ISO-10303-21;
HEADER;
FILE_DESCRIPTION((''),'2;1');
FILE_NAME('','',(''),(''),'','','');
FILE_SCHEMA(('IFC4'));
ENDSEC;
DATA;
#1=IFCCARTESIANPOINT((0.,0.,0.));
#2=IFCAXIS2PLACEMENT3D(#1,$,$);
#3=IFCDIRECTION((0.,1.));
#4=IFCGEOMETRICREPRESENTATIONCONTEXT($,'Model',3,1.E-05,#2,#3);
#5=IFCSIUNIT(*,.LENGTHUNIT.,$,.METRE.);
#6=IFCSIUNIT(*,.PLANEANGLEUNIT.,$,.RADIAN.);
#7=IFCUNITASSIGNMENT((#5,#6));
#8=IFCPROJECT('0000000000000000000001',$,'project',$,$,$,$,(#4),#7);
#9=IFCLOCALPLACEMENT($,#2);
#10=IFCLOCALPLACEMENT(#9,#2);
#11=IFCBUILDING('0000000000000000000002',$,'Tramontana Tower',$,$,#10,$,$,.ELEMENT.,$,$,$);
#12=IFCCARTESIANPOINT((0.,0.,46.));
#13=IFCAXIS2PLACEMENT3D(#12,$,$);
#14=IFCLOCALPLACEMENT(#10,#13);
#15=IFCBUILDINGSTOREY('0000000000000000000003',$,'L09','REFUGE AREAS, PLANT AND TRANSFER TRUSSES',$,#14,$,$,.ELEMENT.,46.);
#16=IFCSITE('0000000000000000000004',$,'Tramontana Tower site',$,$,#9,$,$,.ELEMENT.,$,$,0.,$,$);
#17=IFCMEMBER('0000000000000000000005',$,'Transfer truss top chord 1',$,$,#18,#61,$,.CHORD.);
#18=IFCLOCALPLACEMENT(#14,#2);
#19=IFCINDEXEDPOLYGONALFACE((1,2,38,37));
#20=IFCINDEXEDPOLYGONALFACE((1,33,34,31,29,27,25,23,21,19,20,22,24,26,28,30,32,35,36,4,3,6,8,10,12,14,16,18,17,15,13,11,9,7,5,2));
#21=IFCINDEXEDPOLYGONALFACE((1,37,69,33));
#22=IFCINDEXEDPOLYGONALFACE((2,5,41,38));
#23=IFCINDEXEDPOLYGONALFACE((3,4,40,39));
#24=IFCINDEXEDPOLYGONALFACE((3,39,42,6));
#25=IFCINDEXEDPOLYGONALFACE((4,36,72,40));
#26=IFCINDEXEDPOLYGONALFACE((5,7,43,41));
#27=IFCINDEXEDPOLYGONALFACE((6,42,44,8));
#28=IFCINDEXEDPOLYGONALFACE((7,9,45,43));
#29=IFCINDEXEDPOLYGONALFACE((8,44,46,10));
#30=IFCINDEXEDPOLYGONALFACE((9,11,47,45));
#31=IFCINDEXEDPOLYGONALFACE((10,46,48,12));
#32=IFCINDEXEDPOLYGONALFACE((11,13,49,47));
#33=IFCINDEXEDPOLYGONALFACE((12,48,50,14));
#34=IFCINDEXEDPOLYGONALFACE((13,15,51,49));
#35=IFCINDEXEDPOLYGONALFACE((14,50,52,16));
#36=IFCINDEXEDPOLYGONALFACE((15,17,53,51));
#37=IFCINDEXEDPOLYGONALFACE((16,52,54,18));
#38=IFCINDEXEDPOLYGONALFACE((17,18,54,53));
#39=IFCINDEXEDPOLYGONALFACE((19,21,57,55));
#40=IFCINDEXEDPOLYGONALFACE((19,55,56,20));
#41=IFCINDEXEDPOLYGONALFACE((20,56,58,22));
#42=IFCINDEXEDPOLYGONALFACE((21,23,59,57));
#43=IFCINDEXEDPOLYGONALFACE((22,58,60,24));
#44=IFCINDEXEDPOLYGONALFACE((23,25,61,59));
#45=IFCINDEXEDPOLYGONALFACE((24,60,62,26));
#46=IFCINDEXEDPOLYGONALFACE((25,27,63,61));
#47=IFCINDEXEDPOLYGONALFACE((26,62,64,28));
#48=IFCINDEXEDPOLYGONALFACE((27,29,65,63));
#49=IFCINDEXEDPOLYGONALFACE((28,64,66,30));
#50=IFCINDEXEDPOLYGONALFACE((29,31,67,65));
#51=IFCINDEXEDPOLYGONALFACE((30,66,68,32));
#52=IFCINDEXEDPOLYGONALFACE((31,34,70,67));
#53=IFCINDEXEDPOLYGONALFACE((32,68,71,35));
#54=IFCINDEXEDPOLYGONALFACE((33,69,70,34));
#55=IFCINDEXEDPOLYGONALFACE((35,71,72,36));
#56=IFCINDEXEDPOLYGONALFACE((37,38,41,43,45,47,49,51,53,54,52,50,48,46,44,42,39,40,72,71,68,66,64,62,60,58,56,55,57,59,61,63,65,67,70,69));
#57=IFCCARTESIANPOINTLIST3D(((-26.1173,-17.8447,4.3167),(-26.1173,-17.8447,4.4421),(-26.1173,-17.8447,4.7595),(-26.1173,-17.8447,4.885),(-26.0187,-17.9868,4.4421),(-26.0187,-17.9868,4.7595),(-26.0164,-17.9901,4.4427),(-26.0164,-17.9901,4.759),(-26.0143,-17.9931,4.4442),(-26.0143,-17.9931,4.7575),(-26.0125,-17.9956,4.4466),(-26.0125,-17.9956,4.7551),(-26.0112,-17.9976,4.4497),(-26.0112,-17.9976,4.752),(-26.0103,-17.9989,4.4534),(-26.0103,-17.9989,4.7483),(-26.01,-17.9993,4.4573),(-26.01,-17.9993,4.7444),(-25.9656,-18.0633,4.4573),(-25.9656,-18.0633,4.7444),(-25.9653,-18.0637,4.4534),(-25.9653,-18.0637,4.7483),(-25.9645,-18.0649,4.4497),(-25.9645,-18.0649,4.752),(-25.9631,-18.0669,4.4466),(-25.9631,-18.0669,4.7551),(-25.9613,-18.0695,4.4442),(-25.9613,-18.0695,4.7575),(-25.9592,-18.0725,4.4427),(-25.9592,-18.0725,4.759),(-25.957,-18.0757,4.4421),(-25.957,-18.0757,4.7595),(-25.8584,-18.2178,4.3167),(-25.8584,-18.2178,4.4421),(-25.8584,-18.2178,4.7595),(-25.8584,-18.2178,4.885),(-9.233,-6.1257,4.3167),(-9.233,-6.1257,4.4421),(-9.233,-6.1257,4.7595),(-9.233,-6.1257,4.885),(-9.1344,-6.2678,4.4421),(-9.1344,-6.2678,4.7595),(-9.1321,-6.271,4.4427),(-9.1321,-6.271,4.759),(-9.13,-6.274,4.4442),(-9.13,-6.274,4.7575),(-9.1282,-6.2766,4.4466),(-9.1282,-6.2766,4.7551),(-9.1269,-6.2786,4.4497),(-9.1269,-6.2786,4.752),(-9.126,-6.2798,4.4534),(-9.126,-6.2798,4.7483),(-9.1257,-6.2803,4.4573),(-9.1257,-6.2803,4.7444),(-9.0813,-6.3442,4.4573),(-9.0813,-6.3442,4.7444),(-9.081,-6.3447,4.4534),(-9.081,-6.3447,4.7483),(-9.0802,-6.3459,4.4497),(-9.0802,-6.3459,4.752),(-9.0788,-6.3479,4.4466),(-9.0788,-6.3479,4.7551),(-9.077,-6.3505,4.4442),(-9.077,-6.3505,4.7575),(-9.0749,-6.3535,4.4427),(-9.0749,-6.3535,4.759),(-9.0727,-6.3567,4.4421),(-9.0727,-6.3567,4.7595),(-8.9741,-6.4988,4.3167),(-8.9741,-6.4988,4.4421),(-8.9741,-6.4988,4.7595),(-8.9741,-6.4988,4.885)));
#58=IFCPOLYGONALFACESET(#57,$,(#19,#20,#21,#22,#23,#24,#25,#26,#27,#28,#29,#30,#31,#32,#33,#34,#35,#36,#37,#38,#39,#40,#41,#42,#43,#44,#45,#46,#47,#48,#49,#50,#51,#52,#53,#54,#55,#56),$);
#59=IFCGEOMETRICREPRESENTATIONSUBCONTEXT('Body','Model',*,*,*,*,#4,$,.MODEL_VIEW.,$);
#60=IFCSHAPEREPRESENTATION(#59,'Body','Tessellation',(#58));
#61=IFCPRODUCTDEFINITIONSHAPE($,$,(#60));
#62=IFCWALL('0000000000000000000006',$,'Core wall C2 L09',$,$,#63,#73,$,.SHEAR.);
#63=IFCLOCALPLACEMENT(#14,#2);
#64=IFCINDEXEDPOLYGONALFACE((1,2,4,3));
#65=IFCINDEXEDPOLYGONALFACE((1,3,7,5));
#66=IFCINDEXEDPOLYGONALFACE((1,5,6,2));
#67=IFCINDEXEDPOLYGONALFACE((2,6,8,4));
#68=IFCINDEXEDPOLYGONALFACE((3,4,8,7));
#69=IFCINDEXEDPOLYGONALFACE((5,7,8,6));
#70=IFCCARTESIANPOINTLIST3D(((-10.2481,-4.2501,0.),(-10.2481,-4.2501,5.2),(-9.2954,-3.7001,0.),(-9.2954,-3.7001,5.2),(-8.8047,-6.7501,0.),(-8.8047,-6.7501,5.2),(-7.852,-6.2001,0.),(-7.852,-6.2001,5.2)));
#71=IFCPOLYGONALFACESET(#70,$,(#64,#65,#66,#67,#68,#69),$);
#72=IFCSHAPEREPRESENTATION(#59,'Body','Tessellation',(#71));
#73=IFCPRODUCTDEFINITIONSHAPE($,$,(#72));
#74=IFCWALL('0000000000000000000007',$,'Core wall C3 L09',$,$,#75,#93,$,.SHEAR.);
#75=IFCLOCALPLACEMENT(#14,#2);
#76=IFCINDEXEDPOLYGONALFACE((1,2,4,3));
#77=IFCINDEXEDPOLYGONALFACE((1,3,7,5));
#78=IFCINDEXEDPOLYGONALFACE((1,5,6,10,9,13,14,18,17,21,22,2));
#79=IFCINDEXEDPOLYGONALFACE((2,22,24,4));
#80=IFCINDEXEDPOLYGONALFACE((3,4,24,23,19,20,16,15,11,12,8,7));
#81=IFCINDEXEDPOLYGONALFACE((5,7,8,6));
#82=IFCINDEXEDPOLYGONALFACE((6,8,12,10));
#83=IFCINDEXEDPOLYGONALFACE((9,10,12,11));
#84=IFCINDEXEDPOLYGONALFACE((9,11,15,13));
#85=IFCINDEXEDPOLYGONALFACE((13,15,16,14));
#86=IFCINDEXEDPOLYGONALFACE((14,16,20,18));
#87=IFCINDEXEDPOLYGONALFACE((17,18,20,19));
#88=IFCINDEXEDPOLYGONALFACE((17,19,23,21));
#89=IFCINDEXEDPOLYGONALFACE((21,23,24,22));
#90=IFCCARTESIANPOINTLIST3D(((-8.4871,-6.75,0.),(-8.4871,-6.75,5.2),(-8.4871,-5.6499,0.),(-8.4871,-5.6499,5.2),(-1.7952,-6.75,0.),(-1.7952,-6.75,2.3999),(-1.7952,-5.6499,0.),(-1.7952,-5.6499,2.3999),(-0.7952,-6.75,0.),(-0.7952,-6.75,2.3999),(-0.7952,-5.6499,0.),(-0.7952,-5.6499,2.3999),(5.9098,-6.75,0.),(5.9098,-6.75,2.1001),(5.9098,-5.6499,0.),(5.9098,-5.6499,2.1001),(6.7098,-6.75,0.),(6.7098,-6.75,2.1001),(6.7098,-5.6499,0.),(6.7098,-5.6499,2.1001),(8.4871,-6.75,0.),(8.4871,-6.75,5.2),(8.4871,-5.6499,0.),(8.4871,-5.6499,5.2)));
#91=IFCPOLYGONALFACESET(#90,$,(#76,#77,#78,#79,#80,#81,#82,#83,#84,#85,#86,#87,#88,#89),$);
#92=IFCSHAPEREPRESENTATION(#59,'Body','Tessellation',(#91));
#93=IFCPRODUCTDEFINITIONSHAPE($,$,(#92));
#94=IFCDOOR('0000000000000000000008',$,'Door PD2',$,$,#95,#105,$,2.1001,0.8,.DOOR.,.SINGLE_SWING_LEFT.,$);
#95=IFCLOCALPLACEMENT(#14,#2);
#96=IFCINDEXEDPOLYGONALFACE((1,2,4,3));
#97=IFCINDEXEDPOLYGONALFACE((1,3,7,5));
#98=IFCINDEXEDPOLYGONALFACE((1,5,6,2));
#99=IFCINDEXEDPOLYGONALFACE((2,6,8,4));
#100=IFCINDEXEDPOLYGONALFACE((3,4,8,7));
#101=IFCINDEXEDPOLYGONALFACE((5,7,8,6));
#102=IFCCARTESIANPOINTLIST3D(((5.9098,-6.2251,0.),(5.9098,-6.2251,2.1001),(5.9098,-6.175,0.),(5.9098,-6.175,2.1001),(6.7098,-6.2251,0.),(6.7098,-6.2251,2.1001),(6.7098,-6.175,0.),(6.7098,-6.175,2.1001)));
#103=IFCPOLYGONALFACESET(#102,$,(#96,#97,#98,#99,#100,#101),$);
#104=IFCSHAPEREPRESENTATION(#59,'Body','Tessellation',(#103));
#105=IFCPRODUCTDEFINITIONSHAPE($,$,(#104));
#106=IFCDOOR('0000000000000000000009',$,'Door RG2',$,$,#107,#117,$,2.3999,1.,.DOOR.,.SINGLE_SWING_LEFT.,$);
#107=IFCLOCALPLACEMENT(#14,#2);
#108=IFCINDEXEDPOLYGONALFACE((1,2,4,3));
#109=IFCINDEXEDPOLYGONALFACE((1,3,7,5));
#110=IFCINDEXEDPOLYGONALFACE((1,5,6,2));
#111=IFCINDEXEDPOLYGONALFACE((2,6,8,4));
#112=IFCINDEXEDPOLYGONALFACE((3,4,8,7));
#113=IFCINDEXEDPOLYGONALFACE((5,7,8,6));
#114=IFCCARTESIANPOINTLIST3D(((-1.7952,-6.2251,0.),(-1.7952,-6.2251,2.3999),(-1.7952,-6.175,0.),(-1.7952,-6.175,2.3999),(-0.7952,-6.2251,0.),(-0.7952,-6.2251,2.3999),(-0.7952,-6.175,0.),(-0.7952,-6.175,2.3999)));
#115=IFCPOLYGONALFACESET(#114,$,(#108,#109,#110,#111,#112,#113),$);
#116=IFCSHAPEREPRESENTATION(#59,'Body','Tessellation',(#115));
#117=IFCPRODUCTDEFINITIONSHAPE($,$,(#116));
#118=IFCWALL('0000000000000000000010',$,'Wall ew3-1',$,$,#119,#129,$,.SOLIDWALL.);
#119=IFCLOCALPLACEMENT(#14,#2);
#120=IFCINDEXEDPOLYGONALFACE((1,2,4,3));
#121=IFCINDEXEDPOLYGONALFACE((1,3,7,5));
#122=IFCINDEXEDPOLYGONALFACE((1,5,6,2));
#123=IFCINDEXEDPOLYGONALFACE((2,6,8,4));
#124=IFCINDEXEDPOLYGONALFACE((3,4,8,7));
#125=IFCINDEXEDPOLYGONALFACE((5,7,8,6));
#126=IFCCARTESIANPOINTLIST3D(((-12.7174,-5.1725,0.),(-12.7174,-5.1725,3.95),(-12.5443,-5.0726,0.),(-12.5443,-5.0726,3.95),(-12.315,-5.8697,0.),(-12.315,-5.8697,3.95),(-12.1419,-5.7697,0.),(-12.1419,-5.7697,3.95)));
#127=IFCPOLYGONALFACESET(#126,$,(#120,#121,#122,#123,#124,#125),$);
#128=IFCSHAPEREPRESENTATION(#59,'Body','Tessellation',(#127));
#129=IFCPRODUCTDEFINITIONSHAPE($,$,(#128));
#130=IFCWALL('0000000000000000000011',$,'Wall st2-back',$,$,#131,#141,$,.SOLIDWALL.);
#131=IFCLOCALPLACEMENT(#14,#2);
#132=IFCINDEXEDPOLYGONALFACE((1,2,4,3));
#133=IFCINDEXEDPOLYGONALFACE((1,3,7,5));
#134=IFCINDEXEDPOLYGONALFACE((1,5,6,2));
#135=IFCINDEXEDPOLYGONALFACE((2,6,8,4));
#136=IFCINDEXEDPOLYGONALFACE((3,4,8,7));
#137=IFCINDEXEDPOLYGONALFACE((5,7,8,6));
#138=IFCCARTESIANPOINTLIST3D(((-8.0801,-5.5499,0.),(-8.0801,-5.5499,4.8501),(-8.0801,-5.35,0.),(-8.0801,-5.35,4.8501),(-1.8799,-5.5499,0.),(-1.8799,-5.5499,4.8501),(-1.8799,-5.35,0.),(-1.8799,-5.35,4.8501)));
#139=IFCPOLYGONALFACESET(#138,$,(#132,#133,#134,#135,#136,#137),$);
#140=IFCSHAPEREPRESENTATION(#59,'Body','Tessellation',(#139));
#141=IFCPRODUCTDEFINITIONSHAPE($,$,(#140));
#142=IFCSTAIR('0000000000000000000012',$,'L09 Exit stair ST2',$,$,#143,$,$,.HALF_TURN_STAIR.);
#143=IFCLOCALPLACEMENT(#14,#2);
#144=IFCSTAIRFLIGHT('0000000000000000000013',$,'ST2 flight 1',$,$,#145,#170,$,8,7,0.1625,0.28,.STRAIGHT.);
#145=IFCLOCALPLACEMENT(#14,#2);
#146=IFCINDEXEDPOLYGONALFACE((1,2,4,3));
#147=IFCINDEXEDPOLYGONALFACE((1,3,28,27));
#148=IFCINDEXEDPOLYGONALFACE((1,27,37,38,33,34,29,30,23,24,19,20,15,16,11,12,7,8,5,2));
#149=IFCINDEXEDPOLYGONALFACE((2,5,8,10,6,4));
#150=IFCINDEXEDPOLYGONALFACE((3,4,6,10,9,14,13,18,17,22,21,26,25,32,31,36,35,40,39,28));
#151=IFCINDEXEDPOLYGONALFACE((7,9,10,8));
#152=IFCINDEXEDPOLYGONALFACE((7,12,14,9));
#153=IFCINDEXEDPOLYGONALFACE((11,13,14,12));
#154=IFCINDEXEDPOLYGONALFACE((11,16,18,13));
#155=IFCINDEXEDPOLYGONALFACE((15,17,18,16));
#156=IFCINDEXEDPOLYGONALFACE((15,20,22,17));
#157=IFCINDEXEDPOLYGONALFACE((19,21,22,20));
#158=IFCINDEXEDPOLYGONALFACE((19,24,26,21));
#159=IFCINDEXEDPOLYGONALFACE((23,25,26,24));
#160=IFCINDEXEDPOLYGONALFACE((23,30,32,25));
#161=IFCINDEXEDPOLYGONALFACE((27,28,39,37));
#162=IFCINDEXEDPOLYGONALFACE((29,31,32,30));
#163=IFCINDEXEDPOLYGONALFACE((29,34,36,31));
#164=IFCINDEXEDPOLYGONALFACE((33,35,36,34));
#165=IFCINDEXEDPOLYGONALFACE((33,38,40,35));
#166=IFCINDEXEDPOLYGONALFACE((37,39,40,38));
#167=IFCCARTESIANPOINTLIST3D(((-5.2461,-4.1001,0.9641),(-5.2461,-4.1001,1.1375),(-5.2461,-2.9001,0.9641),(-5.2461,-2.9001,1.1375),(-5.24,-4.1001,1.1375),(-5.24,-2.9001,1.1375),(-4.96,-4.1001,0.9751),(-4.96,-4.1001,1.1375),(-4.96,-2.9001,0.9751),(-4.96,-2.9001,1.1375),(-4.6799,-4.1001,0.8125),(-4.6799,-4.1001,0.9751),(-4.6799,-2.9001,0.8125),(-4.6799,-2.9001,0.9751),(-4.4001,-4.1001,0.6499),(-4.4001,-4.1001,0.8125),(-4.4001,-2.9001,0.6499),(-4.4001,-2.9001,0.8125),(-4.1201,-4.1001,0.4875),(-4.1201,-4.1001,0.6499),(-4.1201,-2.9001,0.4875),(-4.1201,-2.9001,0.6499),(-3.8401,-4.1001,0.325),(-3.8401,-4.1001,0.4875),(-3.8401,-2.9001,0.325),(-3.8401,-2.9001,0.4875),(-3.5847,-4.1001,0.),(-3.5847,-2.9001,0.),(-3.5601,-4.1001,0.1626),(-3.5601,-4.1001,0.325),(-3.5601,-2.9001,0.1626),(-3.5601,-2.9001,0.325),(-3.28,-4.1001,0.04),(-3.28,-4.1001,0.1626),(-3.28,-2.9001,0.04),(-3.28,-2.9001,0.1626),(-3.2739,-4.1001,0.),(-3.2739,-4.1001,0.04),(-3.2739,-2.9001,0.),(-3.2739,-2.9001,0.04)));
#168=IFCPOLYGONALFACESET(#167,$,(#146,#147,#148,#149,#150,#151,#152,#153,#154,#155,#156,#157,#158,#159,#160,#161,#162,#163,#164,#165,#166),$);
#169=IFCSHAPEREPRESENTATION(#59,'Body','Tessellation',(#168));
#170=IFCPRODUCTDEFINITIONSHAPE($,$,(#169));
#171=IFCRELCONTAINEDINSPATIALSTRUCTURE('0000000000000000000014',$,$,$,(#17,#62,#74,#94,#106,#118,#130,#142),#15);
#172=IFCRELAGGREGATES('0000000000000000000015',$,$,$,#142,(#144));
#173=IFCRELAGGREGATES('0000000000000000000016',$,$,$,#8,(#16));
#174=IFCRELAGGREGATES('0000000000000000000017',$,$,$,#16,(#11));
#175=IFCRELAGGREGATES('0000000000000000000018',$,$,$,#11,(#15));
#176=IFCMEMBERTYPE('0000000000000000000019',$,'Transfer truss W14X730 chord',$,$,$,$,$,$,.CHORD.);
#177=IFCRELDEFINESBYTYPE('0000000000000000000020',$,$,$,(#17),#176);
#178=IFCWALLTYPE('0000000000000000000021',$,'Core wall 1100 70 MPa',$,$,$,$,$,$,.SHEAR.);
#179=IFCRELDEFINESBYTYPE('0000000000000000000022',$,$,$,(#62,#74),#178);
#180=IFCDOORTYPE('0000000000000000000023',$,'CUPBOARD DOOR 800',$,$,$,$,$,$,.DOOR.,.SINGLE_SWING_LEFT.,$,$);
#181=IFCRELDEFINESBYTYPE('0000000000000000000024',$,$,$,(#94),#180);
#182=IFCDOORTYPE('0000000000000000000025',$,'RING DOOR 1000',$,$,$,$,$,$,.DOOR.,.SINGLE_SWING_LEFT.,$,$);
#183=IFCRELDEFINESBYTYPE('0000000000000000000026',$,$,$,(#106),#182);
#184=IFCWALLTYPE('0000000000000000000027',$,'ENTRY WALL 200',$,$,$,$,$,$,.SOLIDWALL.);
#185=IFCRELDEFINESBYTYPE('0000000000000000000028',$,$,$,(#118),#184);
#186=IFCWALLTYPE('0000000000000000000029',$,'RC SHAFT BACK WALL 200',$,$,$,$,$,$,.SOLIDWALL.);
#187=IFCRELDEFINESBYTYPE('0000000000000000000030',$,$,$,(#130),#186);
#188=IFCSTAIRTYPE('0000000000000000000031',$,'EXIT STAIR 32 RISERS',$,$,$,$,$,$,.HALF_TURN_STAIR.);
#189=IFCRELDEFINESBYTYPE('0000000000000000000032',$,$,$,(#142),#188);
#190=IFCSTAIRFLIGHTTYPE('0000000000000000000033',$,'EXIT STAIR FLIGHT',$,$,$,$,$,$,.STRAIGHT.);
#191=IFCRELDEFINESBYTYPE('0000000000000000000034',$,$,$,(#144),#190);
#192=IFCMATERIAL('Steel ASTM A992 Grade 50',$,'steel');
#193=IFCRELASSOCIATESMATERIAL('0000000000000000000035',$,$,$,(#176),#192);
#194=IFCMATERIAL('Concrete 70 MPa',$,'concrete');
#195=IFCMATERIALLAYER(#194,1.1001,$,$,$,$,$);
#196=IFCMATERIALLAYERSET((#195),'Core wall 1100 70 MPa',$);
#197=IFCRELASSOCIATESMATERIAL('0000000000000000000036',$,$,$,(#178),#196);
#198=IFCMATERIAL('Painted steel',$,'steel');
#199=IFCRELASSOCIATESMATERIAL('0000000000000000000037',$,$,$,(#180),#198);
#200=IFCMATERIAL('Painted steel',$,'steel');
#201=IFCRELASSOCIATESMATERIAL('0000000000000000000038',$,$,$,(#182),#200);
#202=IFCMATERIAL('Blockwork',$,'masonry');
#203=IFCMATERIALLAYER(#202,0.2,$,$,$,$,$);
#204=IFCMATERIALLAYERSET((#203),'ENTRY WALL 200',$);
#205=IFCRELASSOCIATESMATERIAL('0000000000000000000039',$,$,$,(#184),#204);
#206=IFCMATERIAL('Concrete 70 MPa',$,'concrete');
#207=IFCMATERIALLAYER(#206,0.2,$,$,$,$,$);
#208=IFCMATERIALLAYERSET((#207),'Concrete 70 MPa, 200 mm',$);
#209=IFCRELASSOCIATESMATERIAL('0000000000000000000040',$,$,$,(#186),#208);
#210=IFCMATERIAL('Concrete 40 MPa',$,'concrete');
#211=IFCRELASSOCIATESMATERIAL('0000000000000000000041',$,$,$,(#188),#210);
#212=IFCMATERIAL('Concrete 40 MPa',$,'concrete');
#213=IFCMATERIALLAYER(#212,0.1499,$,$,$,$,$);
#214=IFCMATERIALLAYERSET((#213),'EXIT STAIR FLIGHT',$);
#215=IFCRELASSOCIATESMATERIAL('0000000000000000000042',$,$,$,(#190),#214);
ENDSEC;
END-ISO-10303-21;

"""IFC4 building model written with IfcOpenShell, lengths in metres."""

from ifc_helpers import new_model, si_unit, direction, frame, frame_2d, origin, origin_2d, place, context, subcontext, project, spatial, polyline, rectangle, i_section, outline, extrude, material, layer, layer_set, material_profile, profile_set, type_object, element, fill, aggregate, save


model = new_model("IFC4")

# Units and contexts
model_context = context("Model", 3, precision=1e-05, world=origin(), true_north=direction((0.0, 1.0)))
body_context = subcontext(model_context, "Body", "Model", "MODEL_VIEW")
ifc_project = project(units=[si_unit("LENGTHUNIT", "METRE"), si_unit("PLANEANGLEUNIT", "RADIAN")], contexts=[model_context])

# Site, building, storey
site_placement = place(None, origin())
site = spatial("IfcSite", under=ifc_project, at=site_placement, Name="Tramontana Tower site", CompositionType="ELEMENT", RefElevation=0.0)
building_placement = place(site_placement, origin())
building = spatial("IfcBuilding", under=site, at=building_placement, Name="Tramontana Tower", CompositionType="ELEMENT")
storey_placement = place(building_placement, frame((0.0, 0.0, 46.0)))
storey = spatial("IfcBuildingStorey", under=building, at=storey_placement, Name="L09", Description="REFUGE AREAS, PLANT AND TRANSFER TRUSSES", CompositionType="ELEMENT", Elevation=46.0)

# Member
ifc_material_1 = material(Name="Steel ASTM A992 Grade 50", Category="steel")
ifc_material_profile_1 = material_profile(ifc_material_1, i_section(OverallWidth=0.4541, OverallDepth=0.5684, WebThickness=0.0779, FlangeThickness=0.1255, FilletRadius=0.0151, at=origin_2d()), Name="W14X730")
ifc_profile_set_1 = profile_set([ifc_material_profile_1], Name="Steel ASTM A992 Grade 50")
member_type_1 = type_object("IfcMemberType", Name="Transfer truss W14X730 chord", PredefinedType="CHORD", material=ifc_profile_set_1)
for number, where, z_axis, x_axis, name in (
    (1, (-9.1035, -6.3123, 4.6008), (-0.821511, -0.570192, 0.0), (0.570192, -0.821511, 0.0), "Transfer truss top chord 1"),
):
    element("IfcMember", number, at=place(storey_placement, frame(where, z_axis=z_axis, x_axis=x_axis)), inside=storey, type_object=member_type_1, Name=name, PredefinedType="CHORD", context=body_context, shape_type="SweptSolid", body=[
        extrude(i_section(OverallWidth=0.4541, OverallDepth=0.5684, WebThickness=0.0779, FlangeThickness=0.1255, FilletRadius=0.0151, at=origin_2d()), origin(), (0.0, 0.0, 1.0), 20.5527),
    ])

# Wall
ifc_material_2 = material(Name="Concrete 70 MPa", Category="concrete")
ifc_layer_1 = layer(ifc_material_2, 1.1001)
ifc_layer_set_1 = layer_set([ifc_layer_1], Name="Core wall 1100 70 MPa")
wall_type_1 = type_object("IfcWallType", Name="Core wall 1100 70 MPa", PredefinedType="SHEAR", material=ifc_layer_set_1)
wall_1_placement = place(storey_placement, frame((-9.7717, -3.9751, 0.0), z_axis=(0.0, 0.0, 1.0), x_axis=(0.499996, -0.866028, 0.0)))
element("IfcWall", 2, at=wall_1_placement, inside=storey, type_object=wall_type_1, Name="Core wall C2 L09", PredefinedType="SHEAR", context=body_context, shape_type="SweptSolid", body=[
    extrude(rectangle(XDim=2.8867, YDim=1.1001, at=frame_2d((1.4434, 0.0))), origin(), (0.0, 0.0, 1.0), 5.2),
])

# Wall, openings, doors
wall_2_placement = place(storey_placement, frame((-8.4871, -6.2, 0.0), z_axis=(0.0, 0.0, 1.0), x_axis=(1.0, 0.0, 0.0)))
wall_2 = element("IfcWall", 3, at=wall_2_placement, inside=storey, type_object=wall_type_1, Name="Core wall C3 L09", PredefinedType="SHEAR", context=body_context, shape_type="SweptSolid", body=[
    extrude(rectangle(XDim=16.9741, YDim=1.1001, at=frame_2d((8.4871, 0.0))), origin(), (0.0, 0.0, 1.0), 5.2),
])
opening_1_placement = place(wall_2_placement, frame((6.6919, 0.0, 0.0)))
opening_1 = element("IfcOpeningElement", 4, at=opening_1_placement, cuts=wall_2, PredefinedType="OPENING", context=body_context, shape_type="SweptSolid", body=[
    extrude(rectangle(XDim=1.0, YDim=2.3999, at=frame_2d((0.5, 1.2))), frame((0.0, 0.5601, 0.0), z_axis=(0.0, -1.0, 0.0), x_axis=(1.0, 0.0, 0.0)), (0.0, 0.0, 1.0), 1.1201),
])
opening_2_placement = place(wall_2_placement, frame((14.397, 0.0, 0.0)))
opening_2 = element("IfcOpeningElement", 5, at=opening_2_placement, cuts=wall_2, PredefinedType="OPENING", context=body_context, shape_type="SweptSolid", body=[
    extrude(rectangle(XDim=0.8, YDim=2.1001, at=frame_2d((0.3999, 1.05))), frame((0.0, 0.5601, 0.0), z_axis=(0.0, -1.0, 0.0), x_axis=(1.0, 0.0, 0.0)), (0.0, 0.0, 1.0), 1.1201),
])
ifc_material_3 = material(Name="Painted steel", Category="steel")
door_type_1 = type_object("IfcDoorType", Name="CUPBOARD DOOR 800", OperationType="SINGLE_SWING_LEFT", PredefinedType="DOOR", material=ifc_material_3)
door_1_placement = place(opening_2_placement, origin())
door_1 = element("IfcDoor", 6, at=door_1_placement, inside=storey, type_object=door_type_1, Name="Door PD2", OperationType="SINGLE_SWING_LEFT", OverallHeight=2.1001, OverallWidth=0.8, PredefinedType="DOOR", context=body_context, shape_type="SweptSolid", body=[
    extrude(rectangle(XDim=0.8, YDim=2.1001, at=frame_2d((0.3999, 1.05))), frame((0.0, 0.0249, 0.0), z_axis=(0.0, -1.0, 0.0), x_axis=(1.0, 0.0, 0.0)), (0.0, 0.0, 1.0), 0.05),
])
fill(opening_2, door_1)
ifc_material_4 = material(Name="Painted steel", Category="steel")
door_type_2 = type_object("IfcDoorType", Name="RING DOOR 1000", OperationType="SINGLE_SWING_LEFT", PredefinedType="DOOR", material=ifc_material_4)
door_2_placement = place(opening_1_placement, origin())
door_2 = element("IfcDoor", 7, at=door_2_placement, inside=storey, type_object=door_type_2, Name="Door RG2", OperationType="SINGLE_SWING_LEFT", OverallHeight=2.3999, OverallWidth=1.0, PredefinedType="DOOR", context=body_context, shape_type="SweptSolid", body=[
    extrude(rectangle(XDim=1.0, YDim=2.3999, at=frame_2d((0.5, 1.2))), frame((0.0, 0.0249, 0.0), z_axis=(0.0, -1.0, 0.0), x_axis=(1.0, 0.0, 0.0)), (0.0, 0.0, 1.0), 0.05),
])
fill(opening_1, door_2)

# Walls
ifc_material_5 = material(Name="Blockwork", Category="masonry")
ifc_layer_2 = layer(ifc_material_5, 0.2)
ifc_layer_set_2 = layer_set([ifc_layer_2], Name="ENTRY WALL 200")
wall_type_2 = type_object("IfcWallType", Name="ENTRY WALL 200", PredefinedType="SOLIDWALL", material=ifc_layer_set_2)
wall_3_placement = place(storey_placement, frame((-12.2285, -5.8196, 0.0), z_axis=(0.0, 0.0, 1.0), x_axis=(-0.499924, 0.866069, 0.0)))
element("IfcWall", 8, at=wall_3_placement, inside=storey, type_object=wall_type_2, Name="Wall ew3-1", PredefinedType="SOLIDWALL", context=body_context, shape_type="SweptSolid", body=[
    extrude(rectangle(XDim=0.8049, YDim=0.2, at=frame_2d((0.4023, 0.0))), origin(), (0.0, 0.0, 1.0), 3.95),
])
ifc_material_6 = material(Name="Concrete 70 MPa", Category="concrete")
ifc_layer_3 = layer(ifc_material_6, 0.2)
ifc_layer_set_3 = layer_set([ifc_layer_3], Name="Concrete 70 MPa, 200 mm")
wall_type_3 = type_object("IfcWallType", Name="RC SHAFT BACK WALL 200", PredefinedType="SOLIDWALL", material=ifc_layer_set_3)
wall_4_placement = place(storey_placement, frame((-8.0801, -5.45, 0.0), z_axis=(0.0, 0.0, 1.0), x_axis=(1.0, 0.0, 0.0)))
element("IfcWall", 9, at=wall_4_placement, inside=storey, type_object=wall_type_3, Name="Wall st2-back", PredefinedType="SOLIDWALL", context=body_context, shape_type="SweptSolid", body=[
    extrude(rectangle(XDim=6.2002, YDim=0.2, at=frame_2d((3.1001, 0.0))), origin(), (0.0, 0.0, 1.0), 4.8501),
])

# Stair, stair flight
ifc_material_7 = material(Name="Concrete 40 MPa", Category="concrete")
stair_type = type_object("IfcStairType", Name="EXIT STAIR 32 RISERS", PredefinedType="HALF_TURN_STAIR", material=ifc_material_7)
stair_placement = place(storey_placement, origin())
stair = element("IfcStair", 10, at=stair_placement, inside=storey, type_object=stair_type, Name="L09 Exit stair ST2", PredefinedType="HALF_TURN_STAIR")
ifc_material_8 = material(Name="Concrete 40 MPa", Category="concrete")
ifc_layer_4 = layer(ifc_material_8, 0.1499)
ifc_layer_set_4 = layer_set([ifc_layer_4], Name="EXIT STAIR FLIGHT")
stair_flight_type = type_object("IfcStairFlightType", Name="EXIT STAIR FLIGHT", PredefinedType="STRAIGHT", material=ifc_layer_set_4)
stair_flight_1_placement = place(storey_placement, frame((-3.28, -3.5, 0.0), z_axis=(0.0, 0.0, 1.0), x_axis=(-1.0, 0.0, 0.0)))
stair_flight_1 = element("IfcStairFlight", 11, at=stair_flight_1_placement, type_object=stair_flight_type, Name="ST2 flight 1", NumberOfRisers=8, NumberOfTreads=7, PredefinedType="STRAIGHT", RiserHeight=0.1625, TreadLength=0.28, context=body_context, shape_type="SweptSolid", body=[
    extrude(outline(polyline([(-0.0061, 0.0), (-0.0061, 0.04), (0.0, 0.04), (0.0, 0.1626), (0.28, 0.1626), (0.28, 0.325), (0.5601, 0.325), (0.5601, 0.4875), (0.8401, 0.4875), (0.8401, 0.6499), (1.1201, 0.6499), (1.1201, 0.8125), (1.3999, 0.8125), (1.3999, 0.9751), (1.6799, 0.9751), (1.6799, 1.1375), (1.96, 1.1375), (1.9661, 1.1375), (1.9661, 0.9641), (0.3047, 0.0), (-0.0061, 0.0)])), frame((0.0, 0.6001, 0.0), z_axis=(0.0, -1.0, 0.0), x_axis=(1.0, 0.0, 0.0)), (0.0, 0.0, 1.0), 1.2),
])
aggregate(stair, [stair_flight_1])

save(model, "model.ifc")
